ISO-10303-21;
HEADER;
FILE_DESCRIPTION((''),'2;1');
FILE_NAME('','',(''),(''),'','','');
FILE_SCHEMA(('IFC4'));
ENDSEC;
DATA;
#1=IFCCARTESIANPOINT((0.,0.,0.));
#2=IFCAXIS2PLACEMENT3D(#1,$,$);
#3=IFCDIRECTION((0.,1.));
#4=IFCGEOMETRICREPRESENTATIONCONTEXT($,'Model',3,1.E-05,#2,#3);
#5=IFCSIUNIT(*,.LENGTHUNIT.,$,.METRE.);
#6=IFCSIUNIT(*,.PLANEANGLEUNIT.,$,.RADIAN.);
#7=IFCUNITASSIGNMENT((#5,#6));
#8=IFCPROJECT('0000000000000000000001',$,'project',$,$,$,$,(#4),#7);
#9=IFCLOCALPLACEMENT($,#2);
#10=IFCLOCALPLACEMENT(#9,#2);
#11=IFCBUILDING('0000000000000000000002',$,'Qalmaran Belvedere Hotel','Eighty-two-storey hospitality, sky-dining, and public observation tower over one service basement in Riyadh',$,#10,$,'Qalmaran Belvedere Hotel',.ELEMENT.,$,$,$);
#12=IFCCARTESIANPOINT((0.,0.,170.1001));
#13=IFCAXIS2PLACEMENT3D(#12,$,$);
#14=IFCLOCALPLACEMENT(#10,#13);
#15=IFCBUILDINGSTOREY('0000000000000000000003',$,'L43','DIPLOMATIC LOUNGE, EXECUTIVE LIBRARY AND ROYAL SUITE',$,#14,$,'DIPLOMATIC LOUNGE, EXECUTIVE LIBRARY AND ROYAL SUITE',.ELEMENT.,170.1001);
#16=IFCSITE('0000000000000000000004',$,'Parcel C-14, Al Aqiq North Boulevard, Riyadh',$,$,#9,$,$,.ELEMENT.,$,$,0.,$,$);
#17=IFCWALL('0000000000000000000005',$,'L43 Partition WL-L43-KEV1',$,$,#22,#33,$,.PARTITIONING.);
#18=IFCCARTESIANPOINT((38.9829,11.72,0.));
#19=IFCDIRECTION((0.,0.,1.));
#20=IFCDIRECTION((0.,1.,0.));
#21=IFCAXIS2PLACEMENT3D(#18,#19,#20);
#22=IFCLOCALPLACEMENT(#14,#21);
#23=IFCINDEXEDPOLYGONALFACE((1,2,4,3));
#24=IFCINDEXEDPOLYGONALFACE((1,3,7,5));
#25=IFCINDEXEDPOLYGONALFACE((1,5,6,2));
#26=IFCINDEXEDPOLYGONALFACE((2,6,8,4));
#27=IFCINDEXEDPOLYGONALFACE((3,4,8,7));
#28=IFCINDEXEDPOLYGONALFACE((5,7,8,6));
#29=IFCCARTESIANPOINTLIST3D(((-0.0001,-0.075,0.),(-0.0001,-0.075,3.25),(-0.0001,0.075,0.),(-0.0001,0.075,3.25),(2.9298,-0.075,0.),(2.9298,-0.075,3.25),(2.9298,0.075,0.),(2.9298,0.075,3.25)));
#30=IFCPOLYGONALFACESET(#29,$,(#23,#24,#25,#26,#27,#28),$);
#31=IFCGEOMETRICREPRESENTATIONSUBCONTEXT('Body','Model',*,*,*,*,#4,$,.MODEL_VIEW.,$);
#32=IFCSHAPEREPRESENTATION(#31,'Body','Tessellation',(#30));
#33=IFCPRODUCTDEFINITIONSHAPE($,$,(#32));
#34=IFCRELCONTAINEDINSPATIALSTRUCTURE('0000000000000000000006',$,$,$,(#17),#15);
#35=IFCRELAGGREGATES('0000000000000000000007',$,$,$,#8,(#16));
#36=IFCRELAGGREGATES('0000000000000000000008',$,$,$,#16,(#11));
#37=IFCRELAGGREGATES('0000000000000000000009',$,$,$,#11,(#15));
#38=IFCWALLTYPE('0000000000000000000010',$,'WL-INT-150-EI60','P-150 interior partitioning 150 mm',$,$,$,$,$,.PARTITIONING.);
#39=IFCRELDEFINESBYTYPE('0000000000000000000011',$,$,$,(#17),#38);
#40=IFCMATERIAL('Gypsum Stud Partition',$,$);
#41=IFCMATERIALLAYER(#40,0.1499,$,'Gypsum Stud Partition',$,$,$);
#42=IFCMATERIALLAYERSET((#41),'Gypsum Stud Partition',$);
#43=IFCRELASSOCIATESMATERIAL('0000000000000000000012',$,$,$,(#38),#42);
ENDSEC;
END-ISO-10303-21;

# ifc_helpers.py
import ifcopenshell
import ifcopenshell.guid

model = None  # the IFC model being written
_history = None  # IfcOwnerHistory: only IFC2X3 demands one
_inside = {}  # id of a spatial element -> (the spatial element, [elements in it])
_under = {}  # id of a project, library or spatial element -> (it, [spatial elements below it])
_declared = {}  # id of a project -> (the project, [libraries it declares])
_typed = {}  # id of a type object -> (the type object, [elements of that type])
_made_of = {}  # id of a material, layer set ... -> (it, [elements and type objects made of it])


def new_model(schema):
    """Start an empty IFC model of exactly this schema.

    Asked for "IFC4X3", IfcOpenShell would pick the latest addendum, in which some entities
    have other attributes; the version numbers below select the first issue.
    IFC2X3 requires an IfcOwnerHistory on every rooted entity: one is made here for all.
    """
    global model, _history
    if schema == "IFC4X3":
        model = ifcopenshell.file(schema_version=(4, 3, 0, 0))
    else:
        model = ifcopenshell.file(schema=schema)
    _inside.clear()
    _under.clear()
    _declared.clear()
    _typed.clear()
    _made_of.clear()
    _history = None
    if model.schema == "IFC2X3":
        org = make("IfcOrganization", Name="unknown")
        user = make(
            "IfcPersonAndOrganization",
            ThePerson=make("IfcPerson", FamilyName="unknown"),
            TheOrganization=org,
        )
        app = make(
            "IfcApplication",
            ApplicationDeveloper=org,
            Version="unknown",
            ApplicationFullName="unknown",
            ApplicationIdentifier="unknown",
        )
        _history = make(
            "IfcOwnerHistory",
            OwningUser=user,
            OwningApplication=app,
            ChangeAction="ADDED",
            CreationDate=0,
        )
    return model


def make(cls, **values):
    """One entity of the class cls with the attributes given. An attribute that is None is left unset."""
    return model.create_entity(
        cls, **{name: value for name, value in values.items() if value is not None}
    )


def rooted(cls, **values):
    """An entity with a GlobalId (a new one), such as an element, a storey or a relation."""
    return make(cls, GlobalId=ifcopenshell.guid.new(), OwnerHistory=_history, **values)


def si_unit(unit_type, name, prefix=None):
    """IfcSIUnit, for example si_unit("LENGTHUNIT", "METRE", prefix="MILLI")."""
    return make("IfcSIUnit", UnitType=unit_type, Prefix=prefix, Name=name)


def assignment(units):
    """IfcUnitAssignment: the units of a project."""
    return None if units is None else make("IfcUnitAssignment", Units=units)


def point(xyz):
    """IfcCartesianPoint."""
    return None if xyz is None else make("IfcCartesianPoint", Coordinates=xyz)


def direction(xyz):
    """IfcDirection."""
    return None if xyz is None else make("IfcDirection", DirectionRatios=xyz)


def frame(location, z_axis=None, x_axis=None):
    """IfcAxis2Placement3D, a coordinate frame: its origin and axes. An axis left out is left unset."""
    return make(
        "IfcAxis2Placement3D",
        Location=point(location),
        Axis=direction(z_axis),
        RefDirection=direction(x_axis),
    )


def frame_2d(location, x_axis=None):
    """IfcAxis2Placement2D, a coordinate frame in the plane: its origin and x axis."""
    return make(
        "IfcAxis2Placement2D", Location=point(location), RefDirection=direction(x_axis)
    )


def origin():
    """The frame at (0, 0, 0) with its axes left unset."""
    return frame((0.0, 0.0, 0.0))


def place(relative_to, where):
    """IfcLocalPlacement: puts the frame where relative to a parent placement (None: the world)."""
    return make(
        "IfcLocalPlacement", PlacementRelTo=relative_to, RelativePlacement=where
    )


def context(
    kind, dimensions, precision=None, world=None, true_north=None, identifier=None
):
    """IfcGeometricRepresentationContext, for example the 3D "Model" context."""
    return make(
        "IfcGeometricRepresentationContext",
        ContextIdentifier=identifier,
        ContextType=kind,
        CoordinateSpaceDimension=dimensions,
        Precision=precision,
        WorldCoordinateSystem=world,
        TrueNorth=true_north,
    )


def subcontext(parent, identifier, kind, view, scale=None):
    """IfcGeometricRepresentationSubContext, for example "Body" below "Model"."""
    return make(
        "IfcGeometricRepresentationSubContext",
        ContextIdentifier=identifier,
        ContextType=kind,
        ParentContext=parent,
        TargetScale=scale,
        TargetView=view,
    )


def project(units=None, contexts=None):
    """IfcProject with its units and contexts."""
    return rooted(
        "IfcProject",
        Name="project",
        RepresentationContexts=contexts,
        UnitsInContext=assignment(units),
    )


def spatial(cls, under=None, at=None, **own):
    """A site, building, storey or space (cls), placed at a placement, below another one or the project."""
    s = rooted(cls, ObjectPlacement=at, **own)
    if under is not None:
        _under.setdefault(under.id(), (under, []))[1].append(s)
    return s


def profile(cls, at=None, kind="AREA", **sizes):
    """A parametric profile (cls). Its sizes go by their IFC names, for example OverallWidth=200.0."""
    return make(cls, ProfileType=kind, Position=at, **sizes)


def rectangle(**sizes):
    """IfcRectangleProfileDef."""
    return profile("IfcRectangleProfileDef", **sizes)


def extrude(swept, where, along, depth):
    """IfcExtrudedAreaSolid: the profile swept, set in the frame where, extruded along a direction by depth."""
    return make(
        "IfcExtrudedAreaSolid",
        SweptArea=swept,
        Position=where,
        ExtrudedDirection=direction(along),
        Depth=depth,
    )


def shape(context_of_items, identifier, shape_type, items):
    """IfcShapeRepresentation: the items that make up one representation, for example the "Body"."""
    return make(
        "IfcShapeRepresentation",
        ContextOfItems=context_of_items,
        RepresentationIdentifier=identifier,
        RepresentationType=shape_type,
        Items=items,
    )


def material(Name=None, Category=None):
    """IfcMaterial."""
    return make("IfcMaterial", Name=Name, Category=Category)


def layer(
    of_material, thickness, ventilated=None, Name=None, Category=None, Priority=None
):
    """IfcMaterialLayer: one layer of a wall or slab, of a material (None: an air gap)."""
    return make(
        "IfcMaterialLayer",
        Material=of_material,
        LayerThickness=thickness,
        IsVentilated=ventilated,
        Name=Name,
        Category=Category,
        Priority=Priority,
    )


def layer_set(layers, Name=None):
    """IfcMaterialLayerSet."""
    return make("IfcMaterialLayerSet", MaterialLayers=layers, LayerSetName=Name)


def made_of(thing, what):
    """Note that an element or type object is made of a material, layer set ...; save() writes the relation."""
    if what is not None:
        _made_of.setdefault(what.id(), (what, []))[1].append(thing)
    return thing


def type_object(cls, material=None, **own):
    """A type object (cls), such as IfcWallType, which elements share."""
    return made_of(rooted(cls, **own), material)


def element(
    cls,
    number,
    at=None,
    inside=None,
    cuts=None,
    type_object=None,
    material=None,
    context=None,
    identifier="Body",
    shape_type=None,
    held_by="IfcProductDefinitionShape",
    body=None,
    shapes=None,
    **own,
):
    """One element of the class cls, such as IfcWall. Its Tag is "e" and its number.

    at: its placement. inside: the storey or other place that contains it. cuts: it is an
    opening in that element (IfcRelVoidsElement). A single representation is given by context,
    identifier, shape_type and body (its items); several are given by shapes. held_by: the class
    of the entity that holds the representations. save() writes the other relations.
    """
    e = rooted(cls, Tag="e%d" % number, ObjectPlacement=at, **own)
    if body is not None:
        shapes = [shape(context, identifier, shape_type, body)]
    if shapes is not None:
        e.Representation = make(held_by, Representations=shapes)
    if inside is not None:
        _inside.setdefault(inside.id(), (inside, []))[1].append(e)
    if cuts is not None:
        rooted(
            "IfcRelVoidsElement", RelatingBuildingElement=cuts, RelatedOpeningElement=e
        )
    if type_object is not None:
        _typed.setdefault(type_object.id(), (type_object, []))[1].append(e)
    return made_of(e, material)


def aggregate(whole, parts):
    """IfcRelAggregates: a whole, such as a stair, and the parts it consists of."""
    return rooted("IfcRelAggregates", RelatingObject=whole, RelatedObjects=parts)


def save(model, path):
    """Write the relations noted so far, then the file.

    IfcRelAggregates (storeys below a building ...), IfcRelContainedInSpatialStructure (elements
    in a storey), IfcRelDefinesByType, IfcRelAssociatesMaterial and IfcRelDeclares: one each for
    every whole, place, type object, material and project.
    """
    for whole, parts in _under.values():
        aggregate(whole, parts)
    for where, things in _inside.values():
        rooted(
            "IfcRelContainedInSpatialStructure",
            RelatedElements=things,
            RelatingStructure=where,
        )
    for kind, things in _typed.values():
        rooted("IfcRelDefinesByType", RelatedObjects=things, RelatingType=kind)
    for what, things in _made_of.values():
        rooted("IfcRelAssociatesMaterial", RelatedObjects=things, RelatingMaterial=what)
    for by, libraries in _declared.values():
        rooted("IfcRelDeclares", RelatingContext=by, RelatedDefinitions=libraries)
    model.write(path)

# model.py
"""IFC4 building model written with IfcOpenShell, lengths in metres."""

from ifc_helpers import new_model, si_unit, direction, frame, frame_2d, origin, place, context, subcontext, project, spatial, rectangle, extrude, material, layer, layer_set, type_object, element, save


model = new_model("IFC4")

# Units and contexts
model_context = context("Model", 3, precision=1e-05, world=origin(), true_north=direction((0.0, 1.0)))
body_context = subcontext(model_context, "Body", "Model", "MODEL_VIEW")
ifc_project = project(units=[si_unit("LENGTHUNIT", "METRE"), si_unit("PLANEANGLEUNIT", "RADIAN")], contexts=[model_context])

# Site, building, storey
site_placement = place(None, origin())
site = spatial("IfcSite", under=ifc_project, at=site_placement, Name="Parcel C-14, Al Aqiq North Boulevard, Riyadh", CompositionType="ELEMENT", RefElevation=0.0)
building_placement = place(site_placement, origin())
building = spatial("IfcBuilding", under=site, at=building_placement, Name="Qalmaran Belvedere Hotel", Description="Eighty-two-storey hospitality, sky-dining, and public observation tower over one service basement in Riyadh", LongName="Qalmaran Belvedere Hotel", CompositionType="ELEMENT")
storey_placement = place(building_placement, frame((0.0, 0.0, 170.1001)))
storey = spatial("IfcBuildingStorey", under=building, at=storey_placement, Name="L43", Description="DIPLOMATIC LOUNGE, EXECUTIVE LIBRARY AND ROYAL SUITE", LongName="DIPLOMATIC LOUNGE, EXECUTIVE LIBRARY AND ROYAL SUITE", CompositionType="ELEMENT", Elevation=170.1001)

# Wall
ifc_material_1 = material(Name="Gypsum Stud Partition")
ifc_layer_1 = layer(ifc_material_1, 0.1499, Name="Gypsum Stud Partition")
ifc_layer_set_1 = layer_set([ifc_layer_1], Name="Gypsum Stud Partition")
wall_type_1 = type_object("IfcWallType", Name="WL-INT-150-EI60", Description="P-150 interior partitioning 150 mm", PredefinedType="PARTITIONING", material=ifc_layer_set_1)
wall_1_placement = place(storey_placement, frame((38.9829, 11.72, 0.0), z_axis=(0.0, 0.0, 1.0), x_axis=(0.0, 1.0, 0.0)))
element("IfcWall", 1, at=wall_1_placement, inside=storey, type_object=wall_type_1, Name="L43 Partition WL-L43-KEV1", PredefinedType="PARTITIONING", context=body_context, shape_type="SweptSolid", body=[
    extrude(rectangle(XDim=2.9299, YDim=0.1499, at=frame_2d((1.4648, 0.0))), origin(), (0.0, 0.0, 1.0), 3.25),
])

save(model, "model.ifc")
